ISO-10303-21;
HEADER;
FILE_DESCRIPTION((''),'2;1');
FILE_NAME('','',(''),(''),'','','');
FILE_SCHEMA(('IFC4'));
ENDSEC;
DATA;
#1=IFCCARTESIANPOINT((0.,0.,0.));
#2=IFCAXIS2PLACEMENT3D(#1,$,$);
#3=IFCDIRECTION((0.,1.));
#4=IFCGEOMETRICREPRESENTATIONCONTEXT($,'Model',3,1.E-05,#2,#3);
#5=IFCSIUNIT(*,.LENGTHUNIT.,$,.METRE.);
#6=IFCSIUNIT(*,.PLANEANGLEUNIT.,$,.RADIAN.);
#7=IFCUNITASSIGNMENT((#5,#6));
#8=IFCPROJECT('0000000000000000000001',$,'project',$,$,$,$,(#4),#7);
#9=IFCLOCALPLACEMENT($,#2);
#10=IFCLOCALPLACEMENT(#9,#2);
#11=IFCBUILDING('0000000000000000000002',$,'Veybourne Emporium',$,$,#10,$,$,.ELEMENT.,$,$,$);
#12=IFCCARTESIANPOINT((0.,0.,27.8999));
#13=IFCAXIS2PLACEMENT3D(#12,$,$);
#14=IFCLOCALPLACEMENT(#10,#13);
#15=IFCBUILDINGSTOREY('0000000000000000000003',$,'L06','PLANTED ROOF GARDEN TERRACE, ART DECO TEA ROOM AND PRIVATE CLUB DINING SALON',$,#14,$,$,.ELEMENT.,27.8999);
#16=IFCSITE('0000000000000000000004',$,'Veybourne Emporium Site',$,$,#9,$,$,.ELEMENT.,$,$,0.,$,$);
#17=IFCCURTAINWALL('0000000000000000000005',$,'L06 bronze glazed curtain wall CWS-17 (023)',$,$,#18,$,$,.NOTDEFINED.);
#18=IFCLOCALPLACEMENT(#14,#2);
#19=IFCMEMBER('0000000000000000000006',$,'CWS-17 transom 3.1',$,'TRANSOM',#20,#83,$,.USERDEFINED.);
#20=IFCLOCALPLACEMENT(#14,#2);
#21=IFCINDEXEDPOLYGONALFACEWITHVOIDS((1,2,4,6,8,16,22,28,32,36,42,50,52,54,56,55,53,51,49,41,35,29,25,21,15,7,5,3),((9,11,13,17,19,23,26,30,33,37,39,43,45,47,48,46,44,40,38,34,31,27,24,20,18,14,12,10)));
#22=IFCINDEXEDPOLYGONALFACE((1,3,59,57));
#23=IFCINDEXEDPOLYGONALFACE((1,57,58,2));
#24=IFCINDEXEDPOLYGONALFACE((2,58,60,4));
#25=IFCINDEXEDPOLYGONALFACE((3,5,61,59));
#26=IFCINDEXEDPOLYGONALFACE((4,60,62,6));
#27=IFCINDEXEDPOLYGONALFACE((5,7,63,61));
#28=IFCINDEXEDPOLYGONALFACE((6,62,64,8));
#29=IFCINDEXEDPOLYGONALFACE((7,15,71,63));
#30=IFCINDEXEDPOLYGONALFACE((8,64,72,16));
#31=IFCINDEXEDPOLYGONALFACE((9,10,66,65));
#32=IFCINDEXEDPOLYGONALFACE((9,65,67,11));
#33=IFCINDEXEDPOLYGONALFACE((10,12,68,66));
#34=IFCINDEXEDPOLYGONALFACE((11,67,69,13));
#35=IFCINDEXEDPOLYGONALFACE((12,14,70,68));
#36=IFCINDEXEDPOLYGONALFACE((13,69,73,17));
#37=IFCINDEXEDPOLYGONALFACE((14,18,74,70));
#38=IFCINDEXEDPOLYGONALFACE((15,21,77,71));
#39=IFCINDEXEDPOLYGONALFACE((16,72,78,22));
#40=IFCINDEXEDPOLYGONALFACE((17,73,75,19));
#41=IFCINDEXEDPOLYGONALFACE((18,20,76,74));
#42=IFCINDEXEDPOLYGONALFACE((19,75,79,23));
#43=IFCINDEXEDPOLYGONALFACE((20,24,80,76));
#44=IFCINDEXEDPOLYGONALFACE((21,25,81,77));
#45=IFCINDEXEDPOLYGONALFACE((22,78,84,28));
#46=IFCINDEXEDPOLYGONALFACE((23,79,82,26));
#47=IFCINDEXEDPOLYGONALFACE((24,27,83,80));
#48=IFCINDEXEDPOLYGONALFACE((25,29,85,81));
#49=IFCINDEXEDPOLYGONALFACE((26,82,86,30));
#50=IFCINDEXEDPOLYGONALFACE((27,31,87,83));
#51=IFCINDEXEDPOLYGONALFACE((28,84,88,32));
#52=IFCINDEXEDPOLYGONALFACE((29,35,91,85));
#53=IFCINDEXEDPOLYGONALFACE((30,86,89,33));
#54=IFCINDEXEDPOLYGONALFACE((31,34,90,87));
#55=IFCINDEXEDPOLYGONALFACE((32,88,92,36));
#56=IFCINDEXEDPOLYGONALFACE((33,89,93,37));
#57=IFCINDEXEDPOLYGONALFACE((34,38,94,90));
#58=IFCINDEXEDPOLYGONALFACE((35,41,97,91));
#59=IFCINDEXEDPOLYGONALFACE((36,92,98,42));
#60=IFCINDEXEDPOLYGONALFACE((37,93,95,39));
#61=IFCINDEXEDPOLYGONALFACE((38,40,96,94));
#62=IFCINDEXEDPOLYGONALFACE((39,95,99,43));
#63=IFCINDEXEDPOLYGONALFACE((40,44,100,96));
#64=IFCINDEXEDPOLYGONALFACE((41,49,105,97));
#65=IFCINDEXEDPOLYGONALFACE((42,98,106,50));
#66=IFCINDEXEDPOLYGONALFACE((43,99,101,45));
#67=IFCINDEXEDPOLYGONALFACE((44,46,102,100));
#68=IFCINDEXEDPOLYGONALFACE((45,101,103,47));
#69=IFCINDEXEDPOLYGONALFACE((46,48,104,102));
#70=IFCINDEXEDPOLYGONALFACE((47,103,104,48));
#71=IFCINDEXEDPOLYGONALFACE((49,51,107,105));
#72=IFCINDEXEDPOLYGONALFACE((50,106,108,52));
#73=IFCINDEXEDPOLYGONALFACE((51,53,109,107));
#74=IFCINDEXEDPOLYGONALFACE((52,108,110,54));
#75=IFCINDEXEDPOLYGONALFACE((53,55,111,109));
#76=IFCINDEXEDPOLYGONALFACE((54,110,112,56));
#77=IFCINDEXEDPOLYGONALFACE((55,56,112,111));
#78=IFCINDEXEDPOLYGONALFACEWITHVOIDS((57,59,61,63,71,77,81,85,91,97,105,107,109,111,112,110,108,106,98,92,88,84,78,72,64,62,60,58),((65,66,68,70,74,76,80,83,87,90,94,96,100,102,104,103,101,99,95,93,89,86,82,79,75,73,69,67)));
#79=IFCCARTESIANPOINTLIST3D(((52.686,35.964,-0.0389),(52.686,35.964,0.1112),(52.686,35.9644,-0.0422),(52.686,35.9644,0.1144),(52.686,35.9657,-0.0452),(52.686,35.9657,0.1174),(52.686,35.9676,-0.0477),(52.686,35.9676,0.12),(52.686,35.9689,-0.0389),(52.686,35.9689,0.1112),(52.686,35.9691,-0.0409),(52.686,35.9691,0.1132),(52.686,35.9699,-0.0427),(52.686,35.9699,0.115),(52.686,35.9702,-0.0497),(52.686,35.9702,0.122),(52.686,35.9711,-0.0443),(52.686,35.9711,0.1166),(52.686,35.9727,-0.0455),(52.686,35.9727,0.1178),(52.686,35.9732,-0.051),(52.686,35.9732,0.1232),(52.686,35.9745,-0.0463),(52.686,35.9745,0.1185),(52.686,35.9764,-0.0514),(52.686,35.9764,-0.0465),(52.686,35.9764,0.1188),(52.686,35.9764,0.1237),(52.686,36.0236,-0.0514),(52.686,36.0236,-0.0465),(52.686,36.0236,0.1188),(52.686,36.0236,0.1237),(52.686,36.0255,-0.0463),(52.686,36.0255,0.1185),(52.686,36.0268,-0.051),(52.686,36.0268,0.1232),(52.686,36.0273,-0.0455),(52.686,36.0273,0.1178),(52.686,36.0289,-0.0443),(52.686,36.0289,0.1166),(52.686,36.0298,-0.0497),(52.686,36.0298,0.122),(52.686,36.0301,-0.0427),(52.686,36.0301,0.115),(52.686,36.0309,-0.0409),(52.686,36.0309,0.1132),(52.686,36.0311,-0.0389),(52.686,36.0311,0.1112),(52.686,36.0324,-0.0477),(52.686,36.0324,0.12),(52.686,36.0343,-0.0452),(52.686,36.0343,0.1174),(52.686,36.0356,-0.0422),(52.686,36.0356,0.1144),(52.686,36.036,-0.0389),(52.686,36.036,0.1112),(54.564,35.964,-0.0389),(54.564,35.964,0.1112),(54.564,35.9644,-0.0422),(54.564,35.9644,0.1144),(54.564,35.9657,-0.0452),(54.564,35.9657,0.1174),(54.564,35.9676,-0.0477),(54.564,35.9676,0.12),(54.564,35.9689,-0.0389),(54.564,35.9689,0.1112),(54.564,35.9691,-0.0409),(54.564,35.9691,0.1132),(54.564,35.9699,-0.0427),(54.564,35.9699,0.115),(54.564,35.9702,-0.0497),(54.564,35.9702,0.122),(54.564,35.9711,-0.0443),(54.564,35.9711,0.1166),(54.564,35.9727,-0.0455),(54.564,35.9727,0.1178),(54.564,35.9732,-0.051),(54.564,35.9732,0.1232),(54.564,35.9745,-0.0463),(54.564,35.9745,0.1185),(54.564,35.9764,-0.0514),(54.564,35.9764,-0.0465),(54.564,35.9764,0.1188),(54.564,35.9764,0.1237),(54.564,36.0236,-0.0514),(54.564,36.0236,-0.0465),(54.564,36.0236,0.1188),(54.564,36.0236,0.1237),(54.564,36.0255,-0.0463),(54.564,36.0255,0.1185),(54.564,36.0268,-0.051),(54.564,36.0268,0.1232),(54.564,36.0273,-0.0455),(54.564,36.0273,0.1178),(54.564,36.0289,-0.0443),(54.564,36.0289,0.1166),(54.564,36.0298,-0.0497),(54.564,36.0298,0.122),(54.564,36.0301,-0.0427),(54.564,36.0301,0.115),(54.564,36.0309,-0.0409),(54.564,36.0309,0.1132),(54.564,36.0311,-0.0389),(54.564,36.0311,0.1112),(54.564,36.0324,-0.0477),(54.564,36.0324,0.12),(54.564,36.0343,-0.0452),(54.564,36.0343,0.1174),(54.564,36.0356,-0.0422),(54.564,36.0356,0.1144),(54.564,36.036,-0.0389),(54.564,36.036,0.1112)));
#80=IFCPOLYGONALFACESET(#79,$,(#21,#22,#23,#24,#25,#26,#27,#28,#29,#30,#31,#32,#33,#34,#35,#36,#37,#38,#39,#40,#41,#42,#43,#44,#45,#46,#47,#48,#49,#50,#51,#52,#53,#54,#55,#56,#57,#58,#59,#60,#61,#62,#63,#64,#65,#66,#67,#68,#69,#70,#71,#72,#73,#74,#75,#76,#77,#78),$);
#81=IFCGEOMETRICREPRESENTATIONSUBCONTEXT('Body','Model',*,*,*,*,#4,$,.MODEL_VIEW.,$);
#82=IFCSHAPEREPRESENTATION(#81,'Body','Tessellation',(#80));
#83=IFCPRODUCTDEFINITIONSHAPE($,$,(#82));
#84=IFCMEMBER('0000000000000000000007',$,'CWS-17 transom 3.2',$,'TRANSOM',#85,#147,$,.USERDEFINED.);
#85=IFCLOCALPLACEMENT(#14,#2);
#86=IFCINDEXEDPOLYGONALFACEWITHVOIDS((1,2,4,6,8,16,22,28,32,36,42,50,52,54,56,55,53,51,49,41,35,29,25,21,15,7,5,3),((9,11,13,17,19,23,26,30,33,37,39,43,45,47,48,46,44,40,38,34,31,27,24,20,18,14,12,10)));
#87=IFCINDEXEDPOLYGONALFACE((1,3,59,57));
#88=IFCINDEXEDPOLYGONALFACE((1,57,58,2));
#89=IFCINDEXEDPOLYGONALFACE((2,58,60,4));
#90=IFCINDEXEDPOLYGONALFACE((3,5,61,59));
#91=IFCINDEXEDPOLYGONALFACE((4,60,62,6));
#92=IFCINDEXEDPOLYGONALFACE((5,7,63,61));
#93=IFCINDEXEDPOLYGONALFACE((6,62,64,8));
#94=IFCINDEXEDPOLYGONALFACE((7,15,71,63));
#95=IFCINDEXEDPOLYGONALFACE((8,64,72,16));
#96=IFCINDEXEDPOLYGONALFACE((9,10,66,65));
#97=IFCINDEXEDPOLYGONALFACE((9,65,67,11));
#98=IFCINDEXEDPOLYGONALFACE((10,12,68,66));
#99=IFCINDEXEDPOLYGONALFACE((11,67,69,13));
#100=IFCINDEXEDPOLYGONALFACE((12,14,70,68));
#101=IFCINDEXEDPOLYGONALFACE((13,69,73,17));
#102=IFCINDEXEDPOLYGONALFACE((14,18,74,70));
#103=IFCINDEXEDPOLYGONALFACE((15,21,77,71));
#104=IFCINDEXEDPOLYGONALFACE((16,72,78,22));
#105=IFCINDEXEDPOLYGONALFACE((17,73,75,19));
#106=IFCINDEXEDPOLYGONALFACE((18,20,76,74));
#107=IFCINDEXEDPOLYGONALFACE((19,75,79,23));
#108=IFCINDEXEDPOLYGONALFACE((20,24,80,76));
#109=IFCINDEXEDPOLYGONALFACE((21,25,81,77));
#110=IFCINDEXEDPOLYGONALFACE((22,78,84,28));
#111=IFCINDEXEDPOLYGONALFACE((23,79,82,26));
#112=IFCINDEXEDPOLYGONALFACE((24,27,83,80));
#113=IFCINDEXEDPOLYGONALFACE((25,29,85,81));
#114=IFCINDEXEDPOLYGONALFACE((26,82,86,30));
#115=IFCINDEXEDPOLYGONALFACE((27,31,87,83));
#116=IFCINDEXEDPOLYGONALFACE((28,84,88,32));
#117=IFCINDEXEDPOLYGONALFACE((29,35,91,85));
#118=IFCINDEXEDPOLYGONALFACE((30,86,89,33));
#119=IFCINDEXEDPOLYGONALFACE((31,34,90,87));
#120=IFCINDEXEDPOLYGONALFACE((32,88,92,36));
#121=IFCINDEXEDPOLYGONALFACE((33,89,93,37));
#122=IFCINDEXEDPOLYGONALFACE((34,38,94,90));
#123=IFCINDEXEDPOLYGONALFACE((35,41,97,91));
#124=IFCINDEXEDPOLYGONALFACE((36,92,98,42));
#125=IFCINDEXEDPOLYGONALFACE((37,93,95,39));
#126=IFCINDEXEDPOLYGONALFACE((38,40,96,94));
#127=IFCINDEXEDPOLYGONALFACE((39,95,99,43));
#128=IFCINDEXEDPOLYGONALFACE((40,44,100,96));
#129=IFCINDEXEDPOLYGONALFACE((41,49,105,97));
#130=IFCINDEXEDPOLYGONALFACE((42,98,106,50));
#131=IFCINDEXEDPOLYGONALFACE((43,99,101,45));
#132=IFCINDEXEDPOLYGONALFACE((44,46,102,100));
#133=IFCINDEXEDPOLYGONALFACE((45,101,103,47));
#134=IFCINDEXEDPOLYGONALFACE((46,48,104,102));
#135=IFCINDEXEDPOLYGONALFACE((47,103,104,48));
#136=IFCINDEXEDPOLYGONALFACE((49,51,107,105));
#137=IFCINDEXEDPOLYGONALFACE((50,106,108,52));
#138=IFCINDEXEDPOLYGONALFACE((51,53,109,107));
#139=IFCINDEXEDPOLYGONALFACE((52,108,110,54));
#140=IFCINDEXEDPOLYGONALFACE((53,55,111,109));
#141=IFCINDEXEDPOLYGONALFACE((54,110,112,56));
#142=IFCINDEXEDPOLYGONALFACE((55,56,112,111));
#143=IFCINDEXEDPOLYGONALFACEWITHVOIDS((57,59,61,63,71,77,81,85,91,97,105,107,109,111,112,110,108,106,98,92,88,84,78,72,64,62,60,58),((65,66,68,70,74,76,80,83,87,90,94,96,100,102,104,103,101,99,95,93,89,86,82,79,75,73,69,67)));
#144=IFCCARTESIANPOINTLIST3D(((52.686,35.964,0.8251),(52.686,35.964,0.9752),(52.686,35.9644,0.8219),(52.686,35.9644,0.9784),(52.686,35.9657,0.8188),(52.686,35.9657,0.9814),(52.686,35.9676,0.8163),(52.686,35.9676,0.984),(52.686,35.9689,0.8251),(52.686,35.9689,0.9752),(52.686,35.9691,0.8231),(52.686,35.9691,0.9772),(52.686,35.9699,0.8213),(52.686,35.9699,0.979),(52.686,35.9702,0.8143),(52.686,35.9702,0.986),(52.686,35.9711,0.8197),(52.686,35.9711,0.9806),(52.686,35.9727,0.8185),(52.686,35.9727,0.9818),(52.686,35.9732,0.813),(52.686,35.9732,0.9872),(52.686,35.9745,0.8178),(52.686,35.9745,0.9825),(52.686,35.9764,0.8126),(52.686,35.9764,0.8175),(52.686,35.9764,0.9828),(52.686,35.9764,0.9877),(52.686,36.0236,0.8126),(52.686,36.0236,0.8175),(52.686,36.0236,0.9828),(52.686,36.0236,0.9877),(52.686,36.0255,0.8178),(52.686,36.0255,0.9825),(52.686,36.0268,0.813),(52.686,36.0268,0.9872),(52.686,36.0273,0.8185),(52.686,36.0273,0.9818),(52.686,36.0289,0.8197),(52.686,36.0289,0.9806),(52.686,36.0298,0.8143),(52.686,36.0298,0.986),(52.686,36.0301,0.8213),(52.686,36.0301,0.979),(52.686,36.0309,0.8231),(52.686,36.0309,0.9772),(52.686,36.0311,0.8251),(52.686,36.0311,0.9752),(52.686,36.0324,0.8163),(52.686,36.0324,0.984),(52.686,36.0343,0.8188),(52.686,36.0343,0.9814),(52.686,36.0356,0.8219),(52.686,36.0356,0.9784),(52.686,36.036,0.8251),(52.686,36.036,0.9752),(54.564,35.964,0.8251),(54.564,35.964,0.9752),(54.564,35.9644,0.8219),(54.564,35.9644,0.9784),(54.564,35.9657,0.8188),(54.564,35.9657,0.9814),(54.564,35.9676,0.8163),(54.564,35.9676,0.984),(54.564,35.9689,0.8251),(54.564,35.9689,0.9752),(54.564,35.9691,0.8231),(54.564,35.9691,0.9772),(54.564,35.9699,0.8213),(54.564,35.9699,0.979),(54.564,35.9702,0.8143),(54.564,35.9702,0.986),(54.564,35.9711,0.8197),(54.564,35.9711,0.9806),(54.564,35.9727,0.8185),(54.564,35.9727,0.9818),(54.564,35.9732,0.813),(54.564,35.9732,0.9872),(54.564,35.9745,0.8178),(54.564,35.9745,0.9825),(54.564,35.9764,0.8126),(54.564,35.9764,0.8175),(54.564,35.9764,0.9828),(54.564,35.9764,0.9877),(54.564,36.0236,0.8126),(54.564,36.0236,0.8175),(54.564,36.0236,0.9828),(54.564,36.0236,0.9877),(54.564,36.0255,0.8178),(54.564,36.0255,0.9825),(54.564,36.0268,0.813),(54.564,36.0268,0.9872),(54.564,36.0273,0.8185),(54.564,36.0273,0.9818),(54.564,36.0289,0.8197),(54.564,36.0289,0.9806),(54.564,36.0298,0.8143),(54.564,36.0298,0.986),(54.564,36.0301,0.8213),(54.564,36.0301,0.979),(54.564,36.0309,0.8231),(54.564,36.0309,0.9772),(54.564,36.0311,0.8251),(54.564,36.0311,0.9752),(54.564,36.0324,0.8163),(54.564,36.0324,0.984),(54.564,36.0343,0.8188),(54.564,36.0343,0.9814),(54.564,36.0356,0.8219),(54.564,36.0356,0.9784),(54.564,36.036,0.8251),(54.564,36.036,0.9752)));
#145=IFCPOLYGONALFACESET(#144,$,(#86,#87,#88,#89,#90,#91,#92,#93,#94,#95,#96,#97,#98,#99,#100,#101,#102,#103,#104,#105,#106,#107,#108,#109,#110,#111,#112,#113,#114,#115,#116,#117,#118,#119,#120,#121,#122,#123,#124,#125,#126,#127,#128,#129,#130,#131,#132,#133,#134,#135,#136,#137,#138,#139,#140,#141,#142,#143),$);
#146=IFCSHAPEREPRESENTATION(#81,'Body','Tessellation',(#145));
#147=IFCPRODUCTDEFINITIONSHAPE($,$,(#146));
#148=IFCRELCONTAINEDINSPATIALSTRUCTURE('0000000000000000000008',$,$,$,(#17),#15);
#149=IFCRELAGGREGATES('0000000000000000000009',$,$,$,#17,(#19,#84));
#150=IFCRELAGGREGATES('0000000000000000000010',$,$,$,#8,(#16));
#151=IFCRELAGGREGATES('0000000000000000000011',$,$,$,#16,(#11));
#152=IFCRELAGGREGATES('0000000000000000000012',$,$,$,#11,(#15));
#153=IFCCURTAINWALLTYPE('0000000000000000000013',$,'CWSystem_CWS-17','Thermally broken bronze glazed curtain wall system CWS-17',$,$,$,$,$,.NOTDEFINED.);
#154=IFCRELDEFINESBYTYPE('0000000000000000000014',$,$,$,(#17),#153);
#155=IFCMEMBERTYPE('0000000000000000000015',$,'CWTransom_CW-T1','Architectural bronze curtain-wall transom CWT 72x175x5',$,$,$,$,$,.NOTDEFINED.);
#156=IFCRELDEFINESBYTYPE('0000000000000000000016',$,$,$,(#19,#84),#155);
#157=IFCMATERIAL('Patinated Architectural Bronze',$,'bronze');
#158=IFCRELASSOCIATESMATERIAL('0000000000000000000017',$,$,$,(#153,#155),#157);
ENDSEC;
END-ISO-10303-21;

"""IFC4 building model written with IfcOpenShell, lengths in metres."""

from ifc_helpers import new_model, si_unit, direction, frame, origin, origin_2d, place, context, subcontext, project, spatial, hollow_rectangle, extrude, material, material_profile, profile_set, type_object, element, aggregate, save


model = new_model("IFC4")

# Units and contexts
model_context = context("Model", 3, precision=1e-05, world=origin(), true_north=direction((0.0, 1.0)))
body_context = subcontext(model_context, "Body", "Model", "MODEL_VIEW")
ifc_project = project(units=[si_unit("LENGTHUNIT", "METRE"), si_unit("PLANEANGLEUNIT", "RADIAN")], contexts=[model_context])

# Site, building, storey
site_placement = place(None, origin())
site = spatial("IfcSite", under=ifc_project, at=site_placement, Name="Veybourne Emporium Site", CompositionType="ELEMENT", RefElevation=0.0)
building_placement = place(site_placement, origin())
building = spatial("IfcBuilding", under=site, at=building_placement, Name="Veybourne Emporium", CompositionType="ELEMENT")
storey_placement = place(building_placement, frame((0.0, 0.0, 27.8999)))
storey = spatial("IfcBuildingStorey", under=building, at=storey_placement, Name="L06", Description="PLANTED ROOF GARDEN TERRACE, ART DECO TEA ROOM AND PRIVATE CLUB DINING SALON", CompositionType="ELEMENT", Elevation=27.8999)

# Curtain wall, members
ifc_material_1 = material(Name="Patinated Architectural Bronze", Category="bronze")
curtain_wall_type = type_object("IfcCurtainWallType", Name="CWSystem_CWS-17", Description="Thermally broken bronze glazed curtain wall system CWS-17", PredefinedType="NOTDEFINED", material=ifc_material_1)
curtain_wall_placement = place(storey_placement, origin())
curtain_wall = element("IfcCurtainWall", 1, at=curtain_wall_placement, inside=storey, type_object=curtain_wall_type, Name="L06 bronze glazed curtain wall CWS-17 (023)", PredefinedType="NOTDEFINED")
ifc_material_profile_1 = material_profile(ifc_material_1, hollow_rectangle(XDim=0.072, YDim=0.175, WallThickness=0.0049, InnerFilletRadius=0.0076, OuterFilletRadius=0.0125, at=origin_2d()), Name="CWT 72x175x5")
ifc_profile_set_1 = profile_set([ifc_material_profile_1], Name="Patinated Architectural Bronze")
member_type_1 = type_object("IfcMemberType", Name="CWTransom_CW-T1", Description="Architectural bronze curtain-wall transom CWT 72x175x5", PredefinedType="NOTDEFINED", material=ifc_profile_set_1)
member_1_placement = place(storey_placement, frame((54.564, 36.0, 0.0361), z_axis=(-1.0, 0.0, 0.0), x_axis=(0.0, -1.0, 0.0)))
member_1 = element("IfcMember", 2, at=member_1_placement, type_object=member_type_1, Name="CWS-17 transom 3.1", ObjectType="TRANSOM", PredefinedType="USERDEFINED", context=body_context, shape_type="SweptSolid", body=[
    extrude(hollow_rectangle(XDim=0.072, YDim=0.175, WallThickness=0.0049, InnerFilletRadius=0.0076, OuterFilletRadius=0.0125, at=origin_2d()), origin(), (0.0, 0.0, 1.0), 1.8779),
])
member_2_placement = place(storey_placement, frame((54.564, 36.0, 0.9001), z_axis=(-1.0, 0.0, 0.0), x_axis=(0.0, -1.0, 0.0)))
member_2 = element("IfcMember", 3, at=member_2_placement, type_object=member_type_1, Name="CWS-17 transom 3.2", ObjectType="TRANSOM", PredefinedType="USERDEFINED", context=body_context, shape_type="SweptSolid", body=[
    extrude(hollow_rectangle(XDim=0.072, YDim=0.175, WallThickness=0.0049, InnerFilletRadius=0.0076, OuterFilletRadius=0.0125, at=origin_2d()), origin(), (0.0, 0.0, 1.0), 1.8779),
])

aggregate(curtain_wall, [member_1, member_2])

save(model, "model.ifc")
